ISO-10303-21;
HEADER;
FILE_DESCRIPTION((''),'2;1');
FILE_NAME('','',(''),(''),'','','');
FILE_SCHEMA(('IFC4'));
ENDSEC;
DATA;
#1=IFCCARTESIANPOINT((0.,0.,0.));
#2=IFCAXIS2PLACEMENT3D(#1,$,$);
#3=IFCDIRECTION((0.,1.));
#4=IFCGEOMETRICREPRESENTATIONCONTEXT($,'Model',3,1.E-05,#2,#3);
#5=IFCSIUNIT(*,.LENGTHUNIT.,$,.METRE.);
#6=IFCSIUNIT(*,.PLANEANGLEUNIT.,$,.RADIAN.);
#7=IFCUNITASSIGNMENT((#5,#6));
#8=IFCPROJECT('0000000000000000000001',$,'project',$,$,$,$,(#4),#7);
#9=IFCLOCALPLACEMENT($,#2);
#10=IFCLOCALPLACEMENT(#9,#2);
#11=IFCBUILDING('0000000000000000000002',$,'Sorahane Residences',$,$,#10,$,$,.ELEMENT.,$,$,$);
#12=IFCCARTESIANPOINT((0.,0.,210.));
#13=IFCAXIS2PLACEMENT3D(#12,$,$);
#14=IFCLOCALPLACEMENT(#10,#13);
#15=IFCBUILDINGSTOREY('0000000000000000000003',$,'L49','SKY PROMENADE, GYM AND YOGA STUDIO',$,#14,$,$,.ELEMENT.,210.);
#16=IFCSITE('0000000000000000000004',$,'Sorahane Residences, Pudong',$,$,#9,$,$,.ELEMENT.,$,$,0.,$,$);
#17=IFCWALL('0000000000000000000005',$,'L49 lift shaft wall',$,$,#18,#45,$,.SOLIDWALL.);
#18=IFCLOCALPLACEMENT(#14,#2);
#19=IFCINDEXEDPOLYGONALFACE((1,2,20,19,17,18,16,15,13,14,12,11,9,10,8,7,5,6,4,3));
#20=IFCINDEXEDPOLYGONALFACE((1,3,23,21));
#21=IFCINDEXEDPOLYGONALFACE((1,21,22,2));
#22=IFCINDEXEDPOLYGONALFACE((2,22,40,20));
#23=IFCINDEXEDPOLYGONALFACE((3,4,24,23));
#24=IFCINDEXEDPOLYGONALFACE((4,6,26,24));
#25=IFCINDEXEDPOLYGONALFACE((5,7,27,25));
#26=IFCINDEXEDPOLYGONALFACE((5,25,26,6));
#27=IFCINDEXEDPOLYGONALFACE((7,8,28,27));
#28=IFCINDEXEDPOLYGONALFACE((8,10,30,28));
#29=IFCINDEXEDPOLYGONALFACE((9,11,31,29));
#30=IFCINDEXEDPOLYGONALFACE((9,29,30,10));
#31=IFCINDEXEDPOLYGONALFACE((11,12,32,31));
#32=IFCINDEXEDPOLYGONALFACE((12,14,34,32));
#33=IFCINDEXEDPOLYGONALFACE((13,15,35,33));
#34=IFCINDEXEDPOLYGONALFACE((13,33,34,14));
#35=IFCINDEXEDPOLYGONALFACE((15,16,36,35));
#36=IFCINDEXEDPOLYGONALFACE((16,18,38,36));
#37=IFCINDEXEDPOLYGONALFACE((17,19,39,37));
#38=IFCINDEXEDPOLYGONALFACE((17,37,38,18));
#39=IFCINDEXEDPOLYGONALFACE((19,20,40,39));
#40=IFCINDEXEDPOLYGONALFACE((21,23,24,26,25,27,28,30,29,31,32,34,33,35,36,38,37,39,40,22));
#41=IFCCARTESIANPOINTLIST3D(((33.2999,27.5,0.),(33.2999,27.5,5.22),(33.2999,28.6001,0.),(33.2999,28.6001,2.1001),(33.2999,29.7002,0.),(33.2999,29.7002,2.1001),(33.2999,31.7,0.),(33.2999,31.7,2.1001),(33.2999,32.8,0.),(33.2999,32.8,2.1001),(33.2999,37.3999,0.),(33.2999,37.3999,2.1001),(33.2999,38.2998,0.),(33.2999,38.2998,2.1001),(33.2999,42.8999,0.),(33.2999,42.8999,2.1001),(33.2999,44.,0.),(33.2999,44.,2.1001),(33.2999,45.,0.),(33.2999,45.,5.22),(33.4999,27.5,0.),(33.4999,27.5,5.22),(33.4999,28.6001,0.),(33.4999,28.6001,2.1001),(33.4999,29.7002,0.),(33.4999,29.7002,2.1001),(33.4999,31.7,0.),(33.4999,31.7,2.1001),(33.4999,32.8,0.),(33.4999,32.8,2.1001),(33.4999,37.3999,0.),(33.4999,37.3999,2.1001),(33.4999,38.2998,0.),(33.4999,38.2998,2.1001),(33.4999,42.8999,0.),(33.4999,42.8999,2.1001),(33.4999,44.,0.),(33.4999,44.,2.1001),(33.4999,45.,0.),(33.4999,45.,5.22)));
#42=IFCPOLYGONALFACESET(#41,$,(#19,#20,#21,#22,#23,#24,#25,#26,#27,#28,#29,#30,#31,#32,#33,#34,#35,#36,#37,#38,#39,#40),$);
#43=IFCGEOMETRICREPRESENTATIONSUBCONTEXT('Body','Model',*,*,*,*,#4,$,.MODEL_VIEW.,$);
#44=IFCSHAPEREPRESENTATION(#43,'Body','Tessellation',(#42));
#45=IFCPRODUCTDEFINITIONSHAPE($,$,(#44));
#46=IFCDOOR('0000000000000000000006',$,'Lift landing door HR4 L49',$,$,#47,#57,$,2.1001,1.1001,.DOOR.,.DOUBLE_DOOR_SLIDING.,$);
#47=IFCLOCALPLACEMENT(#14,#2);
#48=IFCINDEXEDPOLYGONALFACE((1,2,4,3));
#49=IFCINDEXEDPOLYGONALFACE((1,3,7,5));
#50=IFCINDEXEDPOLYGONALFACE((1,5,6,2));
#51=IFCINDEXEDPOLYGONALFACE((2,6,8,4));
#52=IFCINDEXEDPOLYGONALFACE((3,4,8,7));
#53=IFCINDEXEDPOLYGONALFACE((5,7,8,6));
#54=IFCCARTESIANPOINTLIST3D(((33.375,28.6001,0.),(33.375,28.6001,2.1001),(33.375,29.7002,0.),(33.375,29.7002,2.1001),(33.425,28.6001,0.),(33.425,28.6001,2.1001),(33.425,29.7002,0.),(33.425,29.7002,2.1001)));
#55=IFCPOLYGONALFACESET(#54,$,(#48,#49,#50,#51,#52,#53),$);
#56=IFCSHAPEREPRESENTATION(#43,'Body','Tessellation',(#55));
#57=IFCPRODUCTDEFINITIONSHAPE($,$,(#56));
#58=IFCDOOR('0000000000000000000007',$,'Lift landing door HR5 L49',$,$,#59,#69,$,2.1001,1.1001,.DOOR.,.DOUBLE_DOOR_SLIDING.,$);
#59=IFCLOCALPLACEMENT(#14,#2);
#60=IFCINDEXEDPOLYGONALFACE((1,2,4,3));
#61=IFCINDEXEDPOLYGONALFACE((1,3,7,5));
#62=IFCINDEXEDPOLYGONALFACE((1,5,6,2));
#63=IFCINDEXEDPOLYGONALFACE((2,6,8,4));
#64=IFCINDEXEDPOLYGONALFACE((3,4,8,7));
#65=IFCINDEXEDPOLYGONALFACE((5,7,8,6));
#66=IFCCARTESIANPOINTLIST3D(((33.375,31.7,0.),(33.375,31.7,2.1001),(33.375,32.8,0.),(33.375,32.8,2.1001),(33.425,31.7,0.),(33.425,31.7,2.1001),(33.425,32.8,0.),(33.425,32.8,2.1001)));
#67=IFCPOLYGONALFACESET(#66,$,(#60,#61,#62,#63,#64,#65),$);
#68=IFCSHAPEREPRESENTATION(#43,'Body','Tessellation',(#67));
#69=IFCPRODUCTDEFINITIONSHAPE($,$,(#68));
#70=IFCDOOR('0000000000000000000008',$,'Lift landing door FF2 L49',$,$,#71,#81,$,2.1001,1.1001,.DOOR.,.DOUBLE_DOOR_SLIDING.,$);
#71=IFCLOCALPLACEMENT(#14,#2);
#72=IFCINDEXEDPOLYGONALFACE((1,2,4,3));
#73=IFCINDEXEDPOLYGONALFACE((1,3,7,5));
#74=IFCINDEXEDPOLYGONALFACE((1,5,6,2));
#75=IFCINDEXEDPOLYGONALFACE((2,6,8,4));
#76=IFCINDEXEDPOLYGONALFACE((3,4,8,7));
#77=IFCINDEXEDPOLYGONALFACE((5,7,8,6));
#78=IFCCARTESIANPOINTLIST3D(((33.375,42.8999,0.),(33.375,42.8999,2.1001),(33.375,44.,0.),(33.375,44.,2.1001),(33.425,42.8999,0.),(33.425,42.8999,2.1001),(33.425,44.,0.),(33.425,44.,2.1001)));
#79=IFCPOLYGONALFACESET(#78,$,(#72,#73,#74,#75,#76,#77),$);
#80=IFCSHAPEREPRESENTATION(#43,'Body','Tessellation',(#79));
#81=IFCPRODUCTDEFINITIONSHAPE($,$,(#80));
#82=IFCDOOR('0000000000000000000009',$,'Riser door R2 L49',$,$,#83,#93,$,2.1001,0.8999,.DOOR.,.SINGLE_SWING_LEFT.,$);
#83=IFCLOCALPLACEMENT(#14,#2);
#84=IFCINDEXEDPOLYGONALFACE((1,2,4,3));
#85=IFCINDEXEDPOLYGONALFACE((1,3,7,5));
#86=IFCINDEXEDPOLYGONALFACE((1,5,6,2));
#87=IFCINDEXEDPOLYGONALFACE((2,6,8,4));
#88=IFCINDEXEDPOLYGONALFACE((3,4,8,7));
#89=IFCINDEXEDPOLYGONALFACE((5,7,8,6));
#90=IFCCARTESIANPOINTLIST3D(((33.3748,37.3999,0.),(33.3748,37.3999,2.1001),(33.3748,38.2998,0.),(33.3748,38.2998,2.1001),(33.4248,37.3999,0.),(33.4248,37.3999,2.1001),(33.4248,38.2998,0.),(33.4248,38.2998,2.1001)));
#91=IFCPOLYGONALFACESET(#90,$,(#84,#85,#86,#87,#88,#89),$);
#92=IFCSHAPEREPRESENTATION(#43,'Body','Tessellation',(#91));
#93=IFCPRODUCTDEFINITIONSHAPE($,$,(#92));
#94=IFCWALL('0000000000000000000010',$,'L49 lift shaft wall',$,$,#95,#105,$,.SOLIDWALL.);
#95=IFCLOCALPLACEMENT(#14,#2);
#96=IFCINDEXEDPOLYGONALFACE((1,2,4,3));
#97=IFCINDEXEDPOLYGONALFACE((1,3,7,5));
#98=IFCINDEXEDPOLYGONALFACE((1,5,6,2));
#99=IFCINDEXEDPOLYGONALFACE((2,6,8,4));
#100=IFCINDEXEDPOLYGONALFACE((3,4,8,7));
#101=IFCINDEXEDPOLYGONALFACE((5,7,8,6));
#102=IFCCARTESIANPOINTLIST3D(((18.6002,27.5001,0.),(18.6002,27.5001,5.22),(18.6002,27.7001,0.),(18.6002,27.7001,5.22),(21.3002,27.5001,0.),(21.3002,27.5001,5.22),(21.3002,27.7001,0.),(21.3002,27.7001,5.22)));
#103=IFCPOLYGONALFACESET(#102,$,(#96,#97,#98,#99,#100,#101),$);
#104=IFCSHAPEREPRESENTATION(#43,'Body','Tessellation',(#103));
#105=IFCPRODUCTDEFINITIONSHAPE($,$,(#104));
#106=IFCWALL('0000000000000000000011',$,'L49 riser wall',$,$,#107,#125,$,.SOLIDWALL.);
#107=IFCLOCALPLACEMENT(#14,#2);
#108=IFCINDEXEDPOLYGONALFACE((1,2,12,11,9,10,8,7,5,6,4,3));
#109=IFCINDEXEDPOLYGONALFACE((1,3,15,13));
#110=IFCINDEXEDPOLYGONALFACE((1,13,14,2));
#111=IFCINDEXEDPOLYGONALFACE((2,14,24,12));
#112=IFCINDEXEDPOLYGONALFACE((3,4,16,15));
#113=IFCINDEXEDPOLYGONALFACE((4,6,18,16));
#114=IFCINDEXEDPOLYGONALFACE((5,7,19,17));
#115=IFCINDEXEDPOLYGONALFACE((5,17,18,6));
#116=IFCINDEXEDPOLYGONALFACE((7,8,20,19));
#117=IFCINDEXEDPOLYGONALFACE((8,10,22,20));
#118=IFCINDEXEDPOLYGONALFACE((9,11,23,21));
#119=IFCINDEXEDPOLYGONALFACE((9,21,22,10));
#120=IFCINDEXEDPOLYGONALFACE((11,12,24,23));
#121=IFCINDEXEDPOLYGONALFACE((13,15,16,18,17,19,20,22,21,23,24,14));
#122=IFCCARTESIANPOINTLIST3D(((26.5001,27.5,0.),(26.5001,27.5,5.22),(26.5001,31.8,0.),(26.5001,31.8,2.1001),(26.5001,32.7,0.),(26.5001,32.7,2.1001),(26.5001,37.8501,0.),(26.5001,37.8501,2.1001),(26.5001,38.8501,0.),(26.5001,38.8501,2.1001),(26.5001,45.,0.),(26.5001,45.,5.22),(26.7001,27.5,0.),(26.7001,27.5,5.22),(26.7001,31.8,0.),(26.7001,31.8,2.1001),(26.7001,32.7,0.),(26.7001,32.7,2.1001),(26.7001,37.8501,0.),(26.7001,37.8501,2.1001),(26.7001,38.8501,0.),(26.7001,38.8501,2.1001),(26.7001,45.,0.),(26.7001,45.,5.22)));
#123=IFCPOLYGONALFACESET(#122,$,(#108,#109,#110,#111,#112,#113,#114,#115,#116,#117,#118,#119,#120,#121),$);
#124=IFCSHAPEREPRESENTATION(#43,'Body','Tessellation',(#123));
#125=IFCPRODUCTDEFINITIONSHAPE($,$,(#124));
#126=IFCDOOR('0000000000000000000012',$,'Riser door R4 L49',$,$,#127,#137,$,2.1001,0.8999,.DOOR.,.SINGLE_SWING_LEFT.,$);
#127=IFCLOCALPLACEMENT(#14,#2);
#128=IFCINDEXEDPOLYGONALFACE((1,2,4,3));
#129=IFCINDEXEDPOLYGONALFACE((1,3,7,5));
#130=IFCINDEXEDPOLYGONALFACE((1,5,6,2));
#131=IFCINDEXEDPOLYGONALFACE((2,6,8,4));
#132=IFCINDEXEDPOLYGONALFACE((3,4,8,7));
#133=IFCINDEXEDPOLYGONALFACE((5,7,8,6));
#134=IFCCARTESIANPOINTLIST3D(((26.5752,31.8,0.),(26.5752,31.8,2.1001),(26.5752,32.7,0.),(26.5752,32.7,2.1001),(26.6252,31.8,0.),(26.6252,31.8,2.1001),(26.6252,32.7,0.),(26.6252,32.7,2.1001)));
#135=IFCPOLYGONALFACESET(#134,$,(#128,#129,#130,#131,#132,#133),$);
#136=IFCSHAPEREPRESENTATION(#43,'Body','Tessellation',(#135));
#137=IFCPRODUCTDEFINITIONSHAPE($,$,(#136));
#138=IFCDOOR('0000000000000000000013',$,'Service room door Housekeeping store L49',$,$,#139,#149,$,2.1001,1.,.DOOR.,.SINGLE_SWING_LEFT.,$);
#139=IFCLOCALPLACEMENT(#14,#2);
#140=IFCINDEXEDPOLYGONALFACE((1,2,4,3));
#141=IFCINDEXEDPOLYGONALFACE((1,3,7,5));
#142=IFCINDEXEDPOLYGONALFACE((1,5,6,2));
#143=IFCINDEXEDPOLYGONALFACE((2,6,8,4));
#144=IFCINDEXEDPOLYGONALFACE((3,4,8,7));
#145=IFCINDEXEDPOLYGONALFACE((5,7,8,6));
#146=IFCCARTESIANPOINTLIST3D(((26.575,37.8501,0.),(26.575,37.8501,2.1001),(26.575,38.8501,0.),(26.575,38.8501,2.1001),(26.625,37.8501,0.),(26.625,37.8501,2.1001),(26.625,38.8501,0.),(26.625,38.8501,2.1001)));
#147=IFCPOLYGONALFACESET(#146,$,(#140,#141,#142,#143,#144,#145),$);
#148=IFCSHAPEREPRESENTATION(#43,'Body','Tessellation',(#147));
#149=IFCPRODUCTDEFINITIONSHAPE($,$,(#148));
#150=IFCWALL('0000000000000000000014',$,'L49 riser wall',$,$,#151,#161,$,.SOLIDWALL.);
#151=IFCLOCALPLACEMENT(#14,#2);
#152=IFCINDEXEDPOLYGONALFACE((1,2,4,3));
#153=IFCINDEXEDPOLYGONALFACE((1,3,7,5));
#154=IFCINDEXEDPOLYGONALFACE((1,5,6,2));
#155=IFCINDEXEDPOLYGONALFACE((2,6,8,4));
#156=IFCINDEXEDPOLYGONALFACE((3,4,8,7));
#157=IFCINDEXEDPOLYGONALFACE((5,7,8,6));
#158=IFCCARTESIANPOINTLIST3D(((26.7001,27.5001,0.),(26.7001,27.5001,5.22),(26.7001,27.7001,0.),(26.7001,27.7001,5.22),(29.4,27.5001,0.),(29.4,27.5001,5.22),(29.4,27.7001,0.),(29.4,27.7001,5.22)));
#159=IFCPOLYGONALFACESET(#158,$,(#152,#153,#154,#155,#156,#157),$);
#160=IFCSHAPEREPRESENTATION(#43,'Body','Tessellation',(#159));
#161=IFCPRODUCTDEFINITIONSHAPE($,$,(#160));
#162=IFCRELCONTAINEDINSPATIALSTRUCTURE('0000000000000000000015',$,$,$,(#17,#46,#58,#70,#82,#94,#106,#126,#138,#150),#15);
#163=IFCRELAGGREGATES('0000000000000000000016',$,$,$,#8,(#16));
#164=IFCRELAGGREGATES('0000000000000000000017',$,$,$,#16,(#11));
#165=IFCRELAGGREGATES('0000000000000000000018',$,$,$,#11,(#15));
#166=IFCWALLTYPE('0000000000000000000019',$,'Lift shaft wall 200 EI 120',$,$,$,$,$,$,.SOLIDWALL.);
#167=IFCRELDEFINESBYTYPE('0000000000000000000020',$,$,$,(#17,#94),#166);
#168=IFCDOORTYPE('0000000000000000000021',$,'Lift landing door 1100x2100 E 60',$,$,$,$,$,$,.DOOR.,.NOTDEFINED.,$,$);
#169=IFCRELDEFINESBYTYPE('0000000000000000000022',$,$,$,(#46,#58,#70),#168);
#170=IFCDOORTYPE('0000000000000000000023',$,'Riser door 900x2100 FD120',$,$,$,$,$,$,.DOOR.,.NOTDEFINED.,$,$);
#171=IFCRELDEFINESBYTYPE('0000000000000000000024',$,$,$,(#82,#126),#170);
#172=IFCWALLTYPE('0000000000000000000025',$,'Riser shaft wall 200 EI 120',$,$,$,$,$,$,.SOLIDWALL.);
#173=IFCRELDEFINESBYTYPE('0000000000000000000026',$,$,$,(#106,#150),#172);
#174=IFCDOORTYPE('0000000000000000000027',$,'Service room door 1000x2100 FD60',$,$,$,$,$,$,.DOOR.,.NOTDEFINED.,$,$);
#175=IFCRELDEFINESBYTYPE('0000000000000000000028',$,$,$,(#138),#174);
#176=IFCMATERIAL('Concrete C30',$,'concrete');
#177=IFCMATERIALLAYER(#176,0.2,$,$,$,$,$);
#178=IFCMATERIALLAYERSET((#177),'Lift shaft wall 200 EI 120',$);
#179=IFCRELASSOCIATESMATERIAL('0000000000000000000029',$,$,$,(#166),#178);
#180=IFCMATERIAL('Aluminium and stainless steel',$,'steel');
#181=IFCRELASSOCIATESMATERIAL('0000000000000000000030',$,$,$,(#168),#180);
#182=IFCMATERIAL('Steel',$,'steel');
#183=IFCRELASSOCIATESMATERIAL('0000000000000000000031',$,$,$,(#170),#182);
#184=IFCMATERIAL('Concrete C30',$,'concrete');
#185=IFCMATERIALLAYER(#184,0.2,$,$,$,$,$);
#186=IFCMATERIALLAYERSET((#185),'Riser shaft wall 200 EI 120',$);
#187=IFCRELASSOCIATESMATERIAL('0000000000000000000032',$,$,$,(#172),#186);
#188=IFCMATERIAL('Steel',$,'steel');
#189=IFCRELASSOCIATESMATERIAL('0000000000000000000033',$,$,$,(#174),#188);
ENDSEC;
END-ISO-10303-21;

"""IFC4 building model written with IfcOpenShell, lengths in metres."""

from ifc_helpers import new_model, si_unit, direction, frame, frame_2d, origin, place, context, subcontext, project, spatial, rectangle, extrude, material, layer, layer_set, type_object, element, fill, save


model = new_model("IFC4")

# Units and contexts
model_context = context("Model", 3, precision=1e-05, world=origin(), true_north=direction((0.0, 1.0)))
body_context = subcontext(model_context, "Body", "Model", "MODEL_VIEW")
ifc_project = project(units=[si_unit("LENGTHUNIT", "METRE"), si_unit("PLANEANGLEUNIT", "RADIAN")], contexts=[model_context])

# Site, building, storey
site_placement = place(None, origin())
site = spatial("IfcSite", under=ifc_project, at=site_placement, Name="Sorahane Residences, Pudong", CompositionType="ELEMENT", RefElevation=0.0)
building_placement = place(site_placement, origin())
building = spatial("IfcBuilding", under=site, at=building_placement, Name="Sorahane Residences", CompositionType="ELEMENT")
storey_placement = place(building_placement, frame((0.0, 0.0, 210.0)))
storey = spatial("IfcBuildingStorey", under=building, at=storey_placement, Name="L49", Description="SKY PROMENADE, GYM AND YOGA STUDIO", CompositionType="ELEMENT", Elevation=210.0)

# Wall, openings, doors
ifc_material_1 = material(Name="Concrete C30", Category="concrete")
ifc_layer_1 = layer(ifc_material_1, 0.2)
ifc_layer_set_1 = layer_set([ifc_layer_1], Name="Lift shaft wall 200 EI 120")
wall_type_1 = type_object("IfcWallType", Name="Lift shaft wall 200 EI 120", PredefinedType="SOLIDWALL", material=ifc_layer_set_1)
wall_1_placement = place(storey_placement, frame((33.3999, 27.5, 0.0), z_axis=(0.0, 0.0, 1.0), x_axis=(0.0, 1.0, 0.0)))
wall_1 = element("IfcWall", 1, at=wall_1_placement, inside=storey, type_object=wall_type_1, Name="L49 lift shaft wall", PredefinedType="SOLIDWALL", context=body_context, shape_type="SweptSolid", body=[
    extrude(rectangle(XDim=17.5, YDim=0.2, at=frame_2d((8.75, 0.0))), origin(), (0.0, 0.0, 1.0), 5.22),
])
opening_1_placement = place(wall_1_placement, frame((1.1001, 0.0, 0.0)))
opening_1 = element("IfcOpeningElement", 2, at=opening_1_placement, cuts=wall_1, PredefinedType="OPENING", context=body_context, shape_type="SweptSolid", body=[
    extrude(rectangle(XDim=1.1001, YDim=2.1001, at=frame_2d((0.55, 1.05))), frame((0.0, 0.1099, 0.0), z_axis=(0.0, -1.0, 0.0), x_axis=(1.0, 0.0, 0.0)), (0.0, 0.0, 1.0), 0.22),
])
opening_2_placement = place(wall_1_placement, frame((4.2, 0.0, 0.0)))
opening_2 = element("IfcOpeningElement", 3, at=opening_2_placement, cuts=wall_1, PredefinedType="OPENING", context=body_context, shape_type="SweptSolid", body=[
    extrude(rectangle(XDim=1.1001, YDim=2.1001, at=frame_2d((0.55, 1.05))), frame((0.0, 0.1099, 0.0), z_axis=(0.0, -1.0, 0.0), x_axis=(1.0, 0.0, 0.0)), (0.0, 0.0, 1.0), 0.22),
])
opening_3_placement = place(wall_1_placement, frame((15.3999, 0.0, 0.0)))
opening_3 = element("IfcOpeningElement", 4, at=opening_3_placement, cuts=wall_1, PredefinedType="OPENING", context=body_context, shape_type="SweptSolid", body=[
    extrude(rectangle(XDim=1.1001, YDim=2.1001, at=frame_2d((0.55, 1.05))), frame((0.0, 0.1099, 0.0), z_axis=(0.0, -1.0, 0.0), x_axis=(1.0, 0.0, 0.0)), (0.0, 0.0, 1.0), 0.22),
])
opening_4_placement = place(wall_1_placement, frame((9.8999, 0.0, 0.0)))
opening_4 = element("IfcOpeningElement", 5, at=opening_4_placement, cuts=wall_1, PredefinedType="OPENING", context=body_context, shape_type="SweptSolid", body=[
    extrude(rectangle(XDim=0.8999, YDim=2.1001, at=frame_2d((0.45, 1.05))), frame((0.0, 0.1099, 0.0), z_axis=(0.0, -1.0, 0.0), x_axis=(1.0, 0.0, 0.0)), (0.0, 0.0, 1.0), 0.22),
])
ifc_material_2 = material(Name="Aluminium and stainless steel", Category="steel")
door_type_1 = type_object("IfcDoorType", Name="Lift landing door 1100x2100 E 60", OperationType="NOTDEFINED", PredefinedType="DOOR", material=ifc_material_2)
door_1_placement = place(opening_1_placement, origin())
door_1 = element("IfcDoor", 6, at=door_1_placement, inside=storey, type_object=door_type_1, Name="Lift landing door HR4 L49", OperationType="DOUBLE_DOOR_SLIDING", OverallHeight=2.1001, OverallWidth=1.1001, PredefinedType="DOOR", context=body_context, shape_type="SweptSolid", body=[
    extrude(rectangle(XDim=1.1001, YDim=2.1001, at=frame_2d((0.55, 1.05))), frame((0.0, 0.0249, 0.0), z_axis=(0.0, -1.0, 0.0), x_axis=(1.0, 0.0, 0.0)), (0.0, 0.0, 1.0), 0.05),
])
fill(opening_1, door_1)
door_2_placement = place(opening_2_placement, origin())
door_2 = element("IfcDoor", 7, at=door_2_placement, inside=storey, type_object=door_type_1, Name="Lift landing door HR5 L49", OperationType="DOUBLE_DOOR_SLIDING", OverallHeight=2.1001, OverallWidth=1.1001, PredefinedType="DOOR", context=body_context, shape_type="SweptSolid", body=[
    extrude(rectangle(XDim=1.1001, YDim=2.1001, at=frame_2d((0.55, 1.05))), frame((0.0, 0.0249, 0.0), z_axis=(0.0, -1.0, 0.0), x_axis=(1.0, 0.0, 0.0)), (0.0, 0.0, 1.0), 0.05),
])
fill(opening_2, door_2)
door_3_placement = place(opening_3_placement, origin())
door_3 = element("IfcDoor", 8, at=door_3_placement, inside=storey, type_object=door_type_1, Name="Lift landing door FF2 L49", OperationType="DOUBLE_DOOR_SLIDING", OverallHeight=2.1001, OverallWidth=1.1001, PredefinedType="DOOR", context=body_context, shape_type="SweptSolid", body=[
    extrude(rectangle(XDim=1.1001, YDim=2.1001, at=frame_2d((0.55, 1.05))), frame((0.0, 0.0249, 0.0), z_axis=(0.0, -1.0, 0.0), x_axis=(1.0, 0.0, 0.0)), (0.0, 0.0, 1.0), 0.05),
])
fill(opening_3, door_3)
ifc_material_3 = material(Name="Steel", Category="steel")
door_type_2 = type_object("IfcDoorType", Name="Riser door 900x2100 FD120", OperationType="NOTDEFINED", PredefinedType="DOOR", material=ifc_material_3)
door_4_placement = place(opening_4_placement, frame((0.8999, 0.0, 0.0), z_axis=(0.0, 0.0, 1.0), x_axis=(-1.0, 0.0, 0.0)))
door_4 = element("IfcDoor", 9, at=door_4_placement, inside=storey, type_object=door_type_2, Name="Riser door R2 L49", OperationType="SINGLE_SWING_LEFT", OverallHeight=2.1001, OverallWidth=0.8999, PredefinedType="DOOR", context=body_context, shape_type="SweptSolid", body=[
    extrude(rectangle(XDim=0.8999, YDim=2.1001, at=frame_2d((0.45, 1.05))), frame((0.0, 0.0249, 0.0), z_axis=(0.0, -1.0, 0.0), x_axis=(1.0, 0.0, 0.0)), (0.0, 0.0, 1.0), 0.05),
])
fill(opening_4, door_4)

# Wall
wall_2_placement = place(storey_placement, frame((18.6001, 27.6001, 0.0), z_axis=(0.0, 0.0, 1.0), x_axis=(1.0, 0.0, 0.0)))
element("IfcWall", 10, at=wall_2_placement, inside=storey, type_object=wall_type_1, Name="L49 lift shaft wall", PredefinedType="SOLIDWALL", context=body_context, shape_type="SweptSolid", body=[
    extrude(rectangle(XDim=2.7, YDim=0.2, at=frame_2d((1.3501, 0.0))), origin(), (0.0, 0.0, 1.0), 5.22),
])

# Wall, openings, doors
ifc_material_4 = material(Name="Concrete C30", Category="concrete")
ifc_layer_2 = layer(ifc_material_4, 0.2)
ifc_layer_set_2 = layer_set([ifc_layer_2], Name="Riser shaft wall 200 EI 120")
wall_type_2 = type_object("IfcWallType", Name="Riser shaft wall 200 EI 120", PredefinedType="SOLIDWALL", material=ifc_layer_set_2)
wall_3_placement = place(storey_placement, frame((26.6001, 27.5, 0.0), z_axis=(0.0, 0.0, 1.0), x_axis=(0.0, 1.0, 0.0)))
wall_3 = element("IfcWall", 11, at=wall_3_placement, inside=storey, type_object=wall_type_2, Name="L49 riser wall", PredefinedType="SOLIDWALL", context=body_context, shape_type="SweptSolid", body=[
    extrude(rectangle(XDim=17.5, YDim=0.2, at=frame_2d((8.75, 0.0))), origin(), (0.0, 0.0, 1.0), 5.22),
])
opening_5_placement = place(wall_3_placement, frame((4.3, 0.0, 0.0)))
opening_5 = element("IfcOpeningElement", 12, at=opening_5_placement, cuts=wall_3, PredefinedType="OPENING", context=body_context, shape_type="SweptSolid", body=[
    extrude(rectangle(XDim=0.8999, YDim=2.1001, at=frame_2d((0.45, 1.05))), frame((0.0, 0.1099, 0.0), z_axis=(0.0, -1.0, 0.0), x_axis=(1.0, 0.0, 0.0)), (0.0, 0.0, 1.0), 0.22),
])
opening_6_placement = place(wall_3_placement, frame((10.3501, 0.0, 0.0)))
opening_6 = element("IfcOpeningElement", 13, at=opening_6_placement, cuts=wall_3, PredefinedType="OPENING", context=body_context, shape_type="SweptSolid", body=[
    extrude(rectangle(XDim=1.0, YDim=2.1001, at=frame_2d((0.5, 1.05))), frame((0.0, 0.1099, 0.0), z_axis=(0.0, -1.0, 0.0), x_axis=(1.0, 0.0, 0.0)), (0.0, 0.0, 1.0), 0.22),
])
door_5_placement = place(opening_5_placement, origin())
door_5 = element("IfcDoor", 14, at=door_5_placement, inside=storey, type_object=door_type_2, Name="Riser door R4 L49", OperationType="SINGLE_SWING_LEFT", OverallHeight=2.1001, OverallWidth=0.8999, PredefinedType="DOOR", context=body_context, shape_type="SweptSolid", body=[
    extrude(rectangle(XDim=0.8999, YDim=2.1001, at=frame_2d((0.45, 1.05))), frame((0.0, 0.0249, 0.0), z_axis=(0.0, -1.0, 0.0), x_axis=(1.0, 0.0, 0.0)), (0.0, 0.0, 1.0), 0.05),
])
fill(opening_5, door_5)
ifc_material_5 = material(Name="Steel", Category="steel")
door_type_3 = type_object("IfcDoorType", Name="Service room door 1000x2100 FD60", OperationType="NOTDEFINED", PredefinedType="DOOR", material=ifc_material_5)
door_6_placement = place(opening_6_placement, frame((1.0, 0.0, 0.0), z_axis=(0.0, 0.0, 1.0), x_axis=(-1.0, 0.0, 0.0)))
door_6 = element("IfcDoor", 15, at=door_6_placement, inside=storey, type_object=door_type_3, Name="Service room door Housekeeping store L49", OperationType="SINGLE_SWING_LEFT", OverallHeight=2.1001, OverallWidth=1.0, PredefinedType="DOOR", context=body_context, shape_type="SweptSolid", body=[
    extrude(rectangle(XDim=1.0, YDim=2.1001, at=frame_2d((0.5, 1.05))), frame((0.0, 0.0249, 0.0), z_axis=(0.0, -1.0, 0.0), x_axis=(1.0, 0.0, 0.0)), (0.0, 0.0, 1.0), 0.05),
])
fill(opening_6, door_6)

# Wall
wall_4_placement = place(storey_placement, frame((26.7, 27.6001, 0.0), z_axis=(0.0, 0.0, 1.0), x_axis=(1.0, 0.0, 0.0)))
element("IfcWall", 16, at=wall_4_placement, inside=storey, type_object=wall_type_2, Name="L49 riser wall", PredefinedType="SOLIDWALL", context=body_context, shape_type="SweptSolid", body=[
    extrude(rectangle(XDim=2.7, YDim=0.2, at=frame_2d((1.3501, 0.0))), origin(), (0.0, 0.0, 1.0), 5.22),
])

save(model, "model.ifc")
